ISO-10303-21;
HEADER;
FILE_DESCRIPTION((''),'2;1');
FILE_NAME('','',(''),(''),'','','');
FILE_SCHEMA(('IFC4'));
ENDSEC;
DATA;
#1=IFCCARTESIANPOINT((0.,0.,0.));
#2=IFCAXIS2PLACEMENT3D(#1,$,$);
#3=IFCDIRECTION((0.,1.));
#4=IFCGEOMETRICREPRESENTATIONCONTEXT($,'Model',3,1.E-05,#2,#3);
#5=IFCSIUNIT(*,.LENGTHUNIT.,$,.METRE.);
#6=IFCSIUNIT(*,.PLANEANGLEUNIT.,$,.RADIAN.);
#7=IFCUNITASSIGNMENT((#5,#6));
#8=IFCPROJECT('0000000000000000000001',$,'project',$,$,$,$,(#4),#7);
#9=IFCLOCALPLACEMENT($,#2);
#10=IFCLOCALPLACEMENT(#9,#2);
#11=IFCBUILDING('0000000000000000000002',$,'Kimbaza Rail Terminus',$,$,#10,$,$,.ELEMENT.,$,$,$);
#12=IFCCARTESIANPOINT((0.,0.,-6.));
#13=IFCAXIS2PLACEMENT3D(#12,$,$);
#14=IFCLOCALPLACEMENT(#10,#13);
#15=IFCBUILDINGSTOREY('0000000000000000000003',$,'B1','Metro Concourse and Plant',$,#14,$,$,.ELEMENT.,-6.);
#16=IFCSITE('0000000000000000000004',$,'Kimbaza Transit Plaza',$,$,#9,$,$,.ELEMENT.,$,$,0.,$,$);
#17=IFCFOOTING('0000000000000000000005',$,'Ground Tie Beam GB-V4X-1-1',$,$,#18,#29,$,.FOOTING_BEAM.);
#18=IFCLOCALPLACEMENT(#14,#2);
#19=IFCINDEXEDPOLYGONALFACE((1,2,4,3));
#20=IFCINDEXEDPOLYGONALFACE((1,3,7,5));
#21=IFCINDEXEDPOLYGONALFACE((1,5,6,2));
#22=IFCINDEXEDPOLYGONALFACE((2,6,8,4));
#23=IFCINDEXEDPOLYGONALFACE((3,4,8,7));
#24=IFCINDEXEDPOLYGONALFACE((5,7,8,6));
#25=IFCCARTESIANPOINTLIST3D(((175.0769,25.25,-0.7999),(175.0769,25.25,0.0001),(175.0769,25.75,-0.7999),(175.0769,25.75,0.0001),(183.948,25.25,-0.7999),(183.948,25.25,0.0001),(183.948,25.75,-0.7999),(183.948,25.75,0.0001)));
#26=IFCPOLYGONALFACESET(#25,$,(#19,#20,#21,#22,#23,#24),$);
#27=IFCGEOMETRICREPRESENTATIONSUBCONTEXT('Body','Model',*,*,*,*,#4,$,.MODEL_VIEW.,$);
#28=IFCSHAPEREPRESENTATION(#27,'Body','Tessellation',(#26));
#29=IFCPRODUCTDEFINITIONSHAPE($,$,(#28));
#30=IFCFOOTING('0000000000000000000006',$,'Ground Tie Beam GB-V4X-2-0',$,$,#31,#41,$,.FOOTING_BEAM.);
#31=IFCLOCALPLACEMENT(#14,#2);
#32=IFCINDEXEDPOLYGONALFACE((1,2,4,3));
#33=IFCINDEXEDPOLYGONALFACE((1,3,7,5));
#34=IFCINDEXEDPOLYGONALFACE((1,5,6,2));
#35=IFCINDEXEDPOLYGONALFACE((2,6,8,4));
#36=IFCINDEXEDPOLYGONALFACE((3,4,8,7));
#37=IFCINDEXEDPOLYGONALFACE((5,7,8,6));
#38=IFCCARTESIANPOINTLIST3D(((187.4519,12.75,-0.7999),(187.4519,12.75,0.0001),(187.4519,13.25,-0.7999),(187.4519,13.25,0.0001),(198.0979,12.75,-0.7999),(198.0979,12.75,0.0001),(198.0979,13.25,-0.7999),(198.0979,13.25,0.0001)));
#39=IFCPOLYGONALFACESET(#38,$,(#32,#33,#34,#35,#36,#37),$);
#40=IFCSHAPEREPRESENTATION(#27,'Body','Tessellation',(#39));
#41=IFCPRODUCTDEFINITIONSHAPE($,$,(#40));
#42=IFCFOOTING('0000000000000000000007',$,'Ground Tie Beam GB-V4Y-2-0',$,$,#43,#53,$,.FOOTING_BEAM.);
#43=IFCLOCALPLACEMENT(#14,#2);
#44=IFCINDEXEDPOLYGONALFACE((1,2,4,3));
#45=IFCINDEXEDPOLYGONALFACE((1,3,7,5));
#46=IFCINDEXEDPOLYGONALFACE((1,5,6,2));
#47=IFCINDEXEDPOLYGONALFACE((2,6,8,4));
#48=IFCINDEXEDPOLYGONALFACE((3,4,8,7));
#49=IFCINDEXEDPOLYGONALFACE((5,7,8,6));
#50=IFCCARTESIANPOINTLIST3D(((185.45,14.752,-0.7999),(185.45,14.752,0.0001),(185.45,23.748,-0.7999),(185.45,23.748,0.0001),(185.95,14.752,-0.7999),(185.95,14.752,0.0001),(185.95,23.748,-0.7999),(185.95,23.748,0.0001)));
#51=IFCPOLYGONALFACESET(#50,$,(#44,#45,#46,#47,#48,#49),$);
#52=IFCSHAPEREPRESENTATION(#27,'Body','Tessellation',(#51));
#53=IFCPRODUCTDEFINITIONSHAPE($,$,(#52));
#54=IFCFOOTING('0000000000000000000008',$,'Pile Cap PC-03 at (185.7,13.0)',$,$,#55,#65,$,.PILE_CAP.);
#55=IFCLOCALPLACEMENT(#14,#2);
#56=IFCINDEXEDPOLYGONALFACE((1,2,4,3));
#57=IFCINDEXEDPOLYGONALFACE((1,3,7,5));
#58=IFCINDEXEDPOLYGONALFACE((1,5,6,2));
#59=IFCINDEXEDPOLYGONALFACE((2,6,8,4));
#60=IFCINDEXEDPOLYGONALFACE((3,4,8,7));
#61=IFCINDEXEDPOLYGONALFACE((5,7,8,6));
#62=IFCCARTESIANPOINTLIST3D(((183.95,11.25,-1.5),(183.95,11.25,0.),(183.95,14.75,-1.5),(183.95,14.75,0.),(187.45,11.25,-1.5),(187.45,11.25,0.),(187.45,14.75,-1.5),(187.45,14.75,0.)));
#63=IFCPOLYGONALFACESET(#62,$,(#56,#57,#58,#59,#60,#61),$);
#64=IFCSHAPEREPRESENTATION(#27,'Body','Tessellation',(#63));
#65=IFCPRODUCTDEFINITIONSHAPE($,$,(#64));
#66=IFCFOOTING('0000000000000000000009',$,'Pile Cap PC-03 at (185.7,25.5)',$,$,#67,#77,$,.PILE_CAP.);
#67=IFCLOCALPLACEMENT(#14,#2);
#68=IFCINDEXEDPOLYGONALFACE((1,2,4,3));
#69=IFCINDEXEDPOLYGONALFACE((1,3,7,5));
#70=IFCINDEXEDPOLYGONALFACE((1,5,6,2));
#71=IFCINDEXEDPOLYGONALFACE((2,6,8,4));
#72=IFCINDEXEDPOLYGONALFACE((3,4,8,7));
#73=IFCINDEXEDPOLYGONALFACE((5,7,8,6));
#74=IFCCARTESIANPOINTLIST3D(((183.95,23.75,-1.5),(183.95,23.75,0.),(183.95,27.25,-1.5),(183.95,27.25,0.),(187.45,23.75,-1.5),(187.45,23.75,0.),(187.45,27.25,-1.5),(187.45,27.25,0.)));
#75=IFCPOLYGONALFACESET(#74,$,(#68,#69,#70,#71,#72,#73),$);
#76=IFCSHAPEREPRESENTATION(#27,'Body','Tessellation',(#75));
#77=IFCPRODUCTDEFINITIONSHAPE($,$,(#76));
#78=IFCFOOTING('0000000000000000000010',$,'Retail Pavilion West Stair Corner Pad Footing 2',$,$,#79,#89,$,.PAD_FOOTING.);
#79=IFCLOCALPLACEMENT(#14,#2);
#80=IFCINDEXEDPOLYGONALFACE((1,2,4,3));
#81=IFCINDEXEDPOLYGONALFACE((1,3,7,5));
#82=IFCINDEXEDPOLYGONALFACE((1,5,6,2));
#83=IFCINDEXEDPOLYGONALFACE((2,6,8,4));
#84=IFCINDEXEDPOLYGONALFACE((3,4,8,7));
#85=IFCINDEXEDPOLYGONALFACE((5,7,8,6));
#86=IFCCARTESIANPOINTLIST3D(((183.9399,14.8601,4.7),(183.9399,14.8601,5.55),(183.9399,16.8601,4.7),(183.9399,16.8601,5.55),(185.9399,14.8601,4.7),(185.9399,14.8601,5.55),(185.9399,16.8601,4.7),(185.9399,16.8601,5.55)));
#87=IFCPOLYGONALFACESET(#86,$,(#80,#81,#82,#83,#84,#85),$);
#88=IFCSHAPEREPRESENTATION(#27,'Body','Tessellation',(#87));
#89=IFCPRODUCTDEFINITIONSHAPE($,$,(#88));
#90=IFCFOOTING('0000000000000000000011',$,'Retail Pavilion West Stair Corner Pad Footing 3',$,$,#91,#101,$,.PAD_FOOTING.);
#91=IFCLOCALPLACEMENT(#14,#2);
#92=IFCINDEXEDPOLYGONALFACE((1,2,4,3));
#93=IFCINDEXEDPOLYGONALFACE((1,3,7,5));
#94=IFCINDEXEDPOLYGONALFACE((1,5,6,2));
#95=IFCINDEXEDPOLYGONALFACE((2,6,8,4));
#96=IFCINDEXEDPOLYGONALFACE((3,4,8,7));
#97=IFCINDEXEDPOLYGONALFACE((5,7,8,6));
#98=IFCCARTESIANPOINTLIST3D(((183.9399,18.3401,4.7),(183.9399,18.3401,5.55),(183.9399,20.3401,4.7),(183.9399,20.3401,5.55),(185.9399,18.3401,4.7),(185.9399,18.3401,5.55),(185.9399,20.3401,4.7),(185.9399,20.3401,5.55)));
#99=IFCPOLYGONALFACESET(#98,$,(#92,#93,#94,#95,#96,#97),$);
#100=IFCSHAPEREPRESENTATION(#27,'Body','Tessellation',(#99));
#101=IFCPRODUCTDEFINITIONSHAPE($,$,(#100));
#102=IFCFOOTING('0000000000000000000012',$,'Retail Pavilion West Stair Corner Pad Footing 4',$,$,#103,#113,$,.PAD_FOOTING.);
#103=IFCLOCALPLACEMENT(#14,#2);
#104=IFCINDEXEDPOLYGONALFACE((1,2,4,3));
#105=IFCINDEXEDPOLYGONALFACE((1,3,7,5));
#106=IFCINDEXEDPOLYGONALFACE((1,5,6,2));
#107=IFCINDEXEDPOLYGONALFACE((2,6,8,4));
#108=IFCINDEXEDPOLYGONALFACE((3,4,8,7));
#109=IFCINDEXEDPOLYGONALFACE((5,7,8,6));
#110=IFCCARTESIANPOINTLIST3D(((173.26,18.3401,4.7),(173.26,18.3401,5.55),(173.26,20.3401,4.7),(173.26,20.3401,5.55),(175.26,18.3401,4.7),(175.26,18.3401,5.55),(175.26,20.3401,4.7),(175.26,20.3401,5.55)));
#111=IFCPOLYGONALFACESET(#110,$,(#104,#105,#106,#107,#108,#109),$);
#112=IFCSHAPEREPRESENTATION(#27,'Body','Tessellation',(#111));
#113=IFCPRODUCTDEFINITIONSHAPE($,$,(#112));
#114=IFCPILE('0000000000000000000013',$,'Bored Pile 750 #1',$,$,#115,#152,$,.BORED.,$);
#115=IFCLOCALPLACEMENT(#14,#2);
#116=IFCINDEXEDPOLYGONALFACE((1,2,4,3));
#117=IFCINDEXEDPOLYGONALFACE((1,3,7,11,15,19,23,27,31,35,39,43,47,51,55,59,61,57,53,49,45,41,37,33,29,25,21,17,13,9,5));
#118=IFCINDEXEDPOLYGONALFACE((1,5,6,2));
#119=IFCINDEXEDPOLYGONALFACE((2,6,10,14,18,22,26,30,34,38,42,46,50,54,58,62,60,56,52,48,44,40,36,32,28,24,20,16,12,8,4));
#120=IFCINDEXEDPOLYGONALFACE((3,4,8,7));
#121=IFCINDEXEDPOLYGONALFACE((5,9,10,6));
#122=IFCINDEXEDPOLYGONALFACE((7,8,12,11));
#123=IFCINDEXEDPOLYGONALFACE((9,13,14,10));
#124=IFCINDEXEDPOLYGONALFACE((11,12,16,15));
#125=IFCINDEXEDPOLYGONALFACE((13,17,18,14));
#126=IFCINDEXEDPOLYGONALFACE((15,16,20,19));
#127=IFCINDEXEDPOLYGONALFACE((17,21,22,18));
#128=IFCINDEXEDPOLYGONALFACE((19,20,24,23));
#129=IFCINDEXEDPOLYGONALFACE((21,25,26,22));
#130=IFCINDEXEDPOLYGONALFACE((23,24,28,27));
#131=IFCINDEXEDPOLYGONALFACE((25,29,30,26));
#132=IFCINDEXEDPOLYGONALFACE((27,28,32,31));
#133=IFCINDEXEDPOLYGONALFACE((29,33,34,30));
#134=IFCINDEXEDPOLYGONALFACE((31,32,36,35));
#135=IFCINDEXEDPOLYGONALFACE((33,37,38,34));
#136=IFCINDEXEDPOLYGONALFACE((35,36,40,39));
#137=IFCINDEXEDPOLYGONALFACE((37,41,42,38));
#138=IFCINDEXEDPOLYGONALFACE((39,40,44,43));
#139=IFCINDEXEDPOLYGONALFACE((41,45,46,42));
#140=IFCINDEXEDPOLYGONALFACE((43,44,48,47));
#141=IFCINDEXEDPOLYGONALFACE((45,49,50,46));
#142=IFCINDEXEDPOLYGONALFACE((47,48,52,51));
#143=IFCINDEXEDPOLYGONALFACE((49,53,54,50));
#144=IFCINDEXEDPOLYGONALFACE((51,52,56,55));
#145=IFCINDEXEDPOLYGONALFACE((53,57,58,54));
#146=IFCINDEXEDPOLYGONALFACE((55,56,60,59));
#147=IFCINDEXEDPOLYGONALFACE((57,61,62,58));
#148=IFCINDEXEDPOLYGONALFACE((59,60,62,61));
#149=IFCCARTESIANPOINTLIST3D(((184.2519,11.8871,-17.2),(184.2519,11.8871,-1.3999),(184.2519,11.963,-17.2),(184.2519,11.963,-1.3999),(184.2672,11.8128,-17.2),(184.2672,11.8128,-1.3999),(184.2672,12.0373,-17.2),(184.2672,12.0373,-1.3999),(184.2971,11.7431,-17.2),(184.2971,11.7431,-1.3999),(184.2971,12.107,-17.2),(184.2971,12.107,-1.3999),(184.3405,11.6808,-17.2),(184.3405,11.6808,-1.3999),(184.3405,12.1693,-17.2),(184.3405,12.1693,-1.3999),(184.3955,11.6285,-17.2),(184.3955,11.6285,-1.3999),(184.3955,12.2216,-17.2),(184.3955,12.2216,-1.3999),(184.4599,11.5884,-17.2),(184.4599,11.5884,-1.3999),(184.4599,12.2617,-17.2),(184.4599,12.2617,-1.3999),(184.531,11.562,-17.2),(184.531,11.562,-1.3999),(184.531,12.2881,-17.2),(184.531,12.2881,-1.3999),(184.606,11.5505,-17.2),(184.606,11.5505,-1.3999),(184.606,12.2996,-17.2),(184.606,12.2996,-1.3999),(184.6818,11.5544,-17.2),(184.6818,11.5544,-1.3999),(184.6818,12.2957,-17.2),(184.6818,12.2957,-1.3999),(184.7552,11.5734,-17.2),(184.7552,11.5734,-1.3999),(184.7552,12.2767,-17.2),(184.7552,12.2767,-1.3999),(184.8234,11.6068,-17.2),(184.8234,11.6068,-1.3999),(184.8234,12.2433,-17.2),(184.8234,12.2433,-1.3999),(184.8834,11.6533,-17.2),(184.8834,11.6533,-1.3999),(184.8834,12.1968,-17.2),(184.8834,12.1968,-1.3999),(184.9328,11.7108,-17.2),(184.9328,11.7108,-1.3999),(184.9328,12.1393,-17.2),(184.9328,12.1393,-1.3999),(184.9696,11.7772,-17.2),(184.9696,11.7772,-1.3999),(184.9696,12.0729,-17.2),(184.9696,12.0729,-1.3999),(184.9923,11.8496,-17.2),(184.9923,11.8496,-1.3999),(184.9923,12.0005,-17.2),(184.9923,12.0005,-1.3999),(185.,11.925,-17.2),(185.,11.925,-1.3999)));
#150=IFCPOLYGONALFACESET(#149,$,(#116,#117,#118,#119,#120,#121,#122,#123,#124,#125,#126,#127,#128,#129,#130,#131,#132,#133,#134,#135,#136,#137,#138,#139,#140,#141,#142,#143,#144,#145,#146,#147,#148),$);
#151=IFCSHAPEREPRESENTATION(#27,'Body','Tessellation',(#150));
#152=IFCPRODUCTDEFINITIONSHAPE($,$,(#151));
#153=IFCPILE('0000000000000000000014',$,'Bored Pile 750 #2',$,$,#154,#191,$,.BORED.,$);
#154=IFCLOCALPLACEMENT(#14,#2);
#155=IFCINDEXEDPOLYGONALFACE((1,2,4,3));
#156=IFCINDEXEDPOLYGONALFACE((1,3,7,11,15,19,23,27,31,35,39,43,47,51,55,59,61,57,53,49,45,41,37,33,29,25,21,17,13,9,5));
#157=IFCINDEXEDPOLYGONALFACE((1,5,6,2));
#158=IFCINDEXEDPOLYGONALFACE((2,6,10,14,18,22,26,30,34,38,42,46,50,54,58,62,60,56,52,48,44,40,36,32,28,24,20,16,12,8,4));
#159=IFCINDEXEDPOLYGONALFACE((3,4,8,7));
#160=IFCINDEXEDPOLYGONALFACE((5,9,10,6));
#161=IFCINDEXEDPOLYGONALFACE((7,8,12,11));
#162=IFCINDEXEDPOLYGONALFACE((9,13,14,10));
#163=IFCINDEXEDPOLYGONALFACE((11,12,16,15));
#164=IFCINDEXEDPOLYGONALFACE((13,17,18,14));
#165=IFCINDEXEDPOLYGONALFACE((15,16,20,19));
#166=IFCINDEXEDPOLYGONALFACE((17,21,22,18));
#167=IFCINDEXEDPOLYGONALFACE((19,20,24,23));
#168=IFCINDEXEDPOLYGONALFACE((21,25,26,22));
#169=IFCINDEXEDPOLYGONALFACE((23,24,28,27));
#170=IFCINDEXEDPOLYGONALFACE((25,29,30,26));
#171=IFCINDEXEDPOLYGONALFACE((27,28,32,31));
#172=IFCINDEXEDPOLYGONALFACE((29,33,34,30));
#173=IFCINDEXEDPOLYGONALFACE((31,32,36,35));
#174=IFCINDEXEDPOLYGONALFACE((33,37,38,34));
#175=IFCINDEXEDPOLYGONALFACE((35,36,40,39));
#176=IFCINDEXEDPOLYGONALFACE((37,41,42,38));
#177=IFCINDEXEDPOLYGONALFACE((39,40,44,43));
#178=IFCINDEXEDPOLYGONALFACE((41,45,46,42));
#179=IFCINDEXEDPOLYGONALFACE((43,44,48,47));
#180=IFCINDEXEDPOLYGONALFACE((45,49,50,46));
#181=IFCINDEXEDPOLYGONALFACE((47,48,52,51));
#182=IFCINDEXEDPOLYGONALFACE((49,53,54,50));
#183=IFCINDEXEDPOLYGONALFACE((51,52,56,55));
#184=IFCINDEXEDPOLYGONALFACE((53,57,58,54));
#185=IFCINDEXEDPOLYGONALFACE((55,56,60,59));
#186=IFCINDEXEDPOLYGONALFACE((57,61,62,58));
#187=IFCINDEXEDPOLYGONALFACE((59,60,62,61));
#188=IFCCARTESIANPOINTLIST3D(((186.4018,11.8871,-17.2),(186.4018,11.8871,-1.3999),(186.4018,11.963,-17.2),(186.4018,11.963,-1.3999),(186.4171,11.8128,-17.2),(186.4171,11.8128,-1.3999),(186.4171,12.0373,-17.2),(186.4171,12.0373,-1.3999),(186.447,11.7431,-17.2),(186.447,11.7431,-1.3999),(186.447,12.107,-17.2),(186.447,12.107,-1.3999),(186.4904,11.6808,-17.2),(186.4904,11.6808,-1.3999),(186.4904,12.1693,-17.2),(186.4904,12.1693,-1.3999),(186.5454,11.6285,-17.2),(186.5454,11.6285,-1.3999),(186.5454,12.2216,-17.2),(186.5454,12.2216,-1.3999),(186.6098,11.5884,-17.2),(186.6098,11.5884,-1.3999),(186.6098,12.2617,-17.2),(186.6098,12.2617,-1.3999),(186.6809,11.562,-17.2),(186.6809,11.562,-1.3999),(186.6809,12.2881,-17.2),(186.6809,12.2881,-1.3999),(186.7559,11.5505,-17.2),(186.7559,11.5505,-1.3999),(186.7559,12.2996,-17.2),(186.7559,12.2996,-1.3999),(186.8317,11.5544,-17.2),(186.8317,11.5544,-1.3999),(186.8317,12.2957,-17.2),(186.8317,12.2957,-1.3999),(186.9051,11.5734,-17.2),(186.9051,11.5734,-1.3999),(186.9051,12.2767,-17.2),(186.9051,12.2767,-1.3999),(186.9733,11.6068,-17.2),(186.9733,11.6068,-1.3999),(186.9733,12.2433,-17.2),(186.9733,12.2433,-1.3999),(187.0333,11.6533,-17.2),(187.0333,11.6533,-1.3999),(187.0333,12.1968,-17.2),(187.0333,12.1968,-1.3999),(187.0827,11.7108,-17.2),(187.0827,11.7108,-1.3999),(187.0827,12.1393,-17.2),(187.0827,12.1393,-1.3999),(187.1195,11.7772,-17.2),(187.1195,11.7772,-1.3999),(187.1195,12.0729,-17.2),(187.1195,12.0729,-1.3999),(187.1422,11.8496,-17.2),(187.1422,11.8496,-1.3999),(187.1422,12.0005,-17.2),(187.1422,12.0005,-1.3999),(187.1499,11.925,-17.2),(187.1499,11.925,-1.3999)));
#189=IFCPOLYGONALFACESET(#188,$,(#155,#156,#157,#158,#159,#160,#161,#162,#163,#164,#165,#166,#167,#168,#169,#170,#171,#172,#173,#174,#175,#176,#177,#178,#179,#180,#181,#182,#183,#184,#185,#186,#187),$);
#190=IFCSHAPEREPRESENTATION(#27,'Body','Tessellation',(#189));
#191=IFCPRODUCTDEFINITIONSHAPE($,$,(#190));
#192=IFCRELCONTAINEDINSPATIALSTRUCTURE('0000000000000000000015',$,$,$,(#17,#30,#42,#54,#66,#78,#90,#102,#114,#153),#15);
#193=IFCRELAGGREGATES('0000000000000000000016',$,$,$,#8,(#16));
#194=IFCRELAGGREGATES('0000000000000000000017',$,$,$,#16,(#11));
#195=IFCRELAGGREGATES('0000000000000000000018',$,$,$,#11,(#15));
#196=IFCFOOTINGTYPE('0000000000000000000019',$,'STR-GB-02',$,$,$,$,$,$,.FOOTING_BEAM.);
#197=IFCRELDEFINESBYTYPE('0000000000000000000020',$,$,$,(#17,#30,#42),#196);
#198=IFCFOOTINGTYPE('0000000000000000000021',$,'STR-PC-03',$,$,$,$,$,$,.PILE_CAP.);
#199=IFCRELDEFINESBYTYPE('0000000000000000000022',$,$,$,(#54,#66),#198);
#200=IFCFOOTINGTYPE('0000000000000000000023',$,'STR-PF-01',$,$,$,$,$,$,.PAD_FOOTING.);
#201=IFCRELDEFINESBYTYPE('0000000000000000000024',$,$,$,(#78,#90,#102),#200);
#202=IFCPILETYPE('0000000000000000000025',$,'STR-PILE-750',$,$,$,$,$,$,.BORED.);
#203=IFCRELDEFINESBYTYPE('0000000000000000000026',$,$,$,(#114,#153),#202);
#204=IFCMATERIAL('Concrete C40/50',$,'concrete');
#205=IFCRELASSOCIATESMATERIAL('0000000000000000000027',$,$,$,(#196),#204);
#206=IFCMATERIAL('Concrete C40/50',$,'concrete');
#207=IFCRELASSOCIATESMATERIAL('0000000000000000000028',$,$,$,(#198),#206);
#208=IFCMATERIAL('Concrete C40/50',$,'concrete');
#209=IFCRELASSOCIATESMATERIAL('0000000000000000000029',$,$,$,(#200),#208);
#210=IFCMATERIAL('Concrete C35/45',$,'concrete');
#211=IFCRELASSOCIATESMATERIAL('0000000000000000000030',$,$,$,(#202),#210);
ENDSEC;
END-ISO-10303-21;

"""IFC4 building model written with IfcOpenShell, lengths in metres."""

from ifc_helpers import new_model, si_unit, direction, frame, origin, origin_2d, place, context, subcontext, project, spatial, rectangle, circle, extrude, material, material_profile, profile_set, type_object, element, save


model = new_model("IFC4")

# Units and contexts
model_context = context("Model", 3, precision=1e-05, world=origin(), true_north=direction((0.0, 1.0)))
body_context = subcontext(model_context, "Body", "Model", "MODEL_VIEW")
ifc_project = project(units=[si_unit("LENGTHUNIT", "METRE"), si_unit("PLANEANGLEUNIT", "RADIAN")], contexts=[model_context])

# Site, building, storey
site_placement = place(None, origin())
site = spatial("IfcSite", under=ifc_project, at=site_placement, Name="Kimbaza Transit Plaza", CompositionType="ELEMENT", RefElevation=0.0)
building_placement = place(site_placement, origin())
building = spatial("IfcBuilding", under=site, at=building_placement, Name="Kimbaza Rail Terminus", CompositionType="ELEMENT")
storey_placement = place(building_placement, frame((0.0, 0.0, -6.0)))
storey = spatial("IfcBuildingStorey", under=building, at=storey_placement, Name="B1", Description="Metro Concourse and Plant", CompositionType="ELEMENT", Elevation=-6.0)

# Footings
ifc_material_1 = material(Name="Concrete C40/50", Category="concrete")
ifc_material_profile_1 = material_profile(ifc_material_1, rectangle(XDim=0.5, YDim=0.8, at=origin_2d()), Name="GB-02 500x800")
ifc_profile_set_1 = profile_set([ifc_material_profile_1], Name="Concrete C40/50")
footing_type_1 = type_object("IfcFootingType", Name="STR-GB-02", PredefinedType="FOOTING_BEAM", material=ifc_profile_set_1)
footing_1_placement = place(storey_placement, frame((175.0769, 25.5, -0.3999), z_axis=(1.0, 0.0, 0.0), x_axis=(0.0, 1.0, 0.0)))
element("IfcFooting", 1, at=footing_1_placement, inside=storey, type_object=footing_type_1, Name="Ground Tie Beam GB-V4X-1-1", PredefinedType="FOOTING_BEAM", context=body_context, shape_type="SweptSolid", body=[
    extrude(rectangle(XDim=0.5, YDim=0.8, at=origin_2d()), origin(), (0.0, 0.0, 1.0), 8.8711),
])
footing_2_placement = place(storey_placement, frame((187.4519, 13.0, -0.3999), z_axis=(1.0, 0.0, 0.0), x_axis=(0.0, 1.0, 0.0)))
element("IfcFooting", 2, at=footing_2_placement, inside=storey, type_object=footing_type_1, Name="Ground Tie Beam GB-V4X-2-0", PredefinedType="FOOTING_BEAM", context=body_context, shape_type="SweptSolid", body=[
    extrude(rectangle(XDim=0.5, YDim=0.8, at=origin_2d()), origin(), (0.0, 0.0, 1.0), 10.646),
])
footing_3_placement = place(storey_placement, frame((185.7, 14.752, -0.3999), z_axis=(0.0, 1.0, 0.0), x_axis=(-1.0, 0.0, 0.0)))
element("IfcFooting", 3, at=footing_3_placement, inside=storey, type_object=footing_type_1, Name="Ground Tie Beam GB-V4Y-2-0", PredefinedType="FOOTING_BEAM", context=body_context, shape_type="SweptSolid", body=[
    extrude(rectangle(XDim=0.5, YDim=0.8, at=origin_2d()), origin(), (0.0, 0.0, 1.0), 8.9961),
])
ifc_material_2 = material(Name="Concrete C40/50", Category="concrete")
footing_type_2 = type_object("IfcFootingType", Name="STR-PC-03", PredefinedType="PILE_CAP", material=ifc_material_2)
for number, where, z_axis, x_axis, name in (
    (4, (185.7, 13.0, -1.5), (0.0, 0.0, 1.0), (1.0, 0.0, 0.0), "Pile Cap PC-03 at (185.7,13.0)"),
    (5, (185.7, 25.5, -1.5), (0.0, 0.0, 1.0), (1.0, 0.0, 0.0), "Pile Cap PC-03 at (185.7,25.5)"),
):
    element("IfcFooting", number, at=place(storey_placement, frame(where, z_axis=z_axis, x_axis=x_axis)), inside=storey, type_object=footing_type_2, Name=name, PredefinedType="PILE_CAP", context=body_context, shape_type="SweptSolid", body=[
        extrude(rectangle(XDim=3.5, YDim=3.5, at=origin_2d()), origin(), (0.0, 0.0, 1.0), 1.5),
    ])
ifc_material_3 = material(Name="Concrete C40/50", Category="concrete")
footing_type_3 = type_object("IfcFootingType", Name="STR-PF-01", PredefinedType="PAD_FOOTING", material=ifc_material_3)
for number, where, z_axis, x_axis, name in (
    (6, (184.9399, 15.8601, 4.7), (0.0, 0.0, 1.0), (1.0, 0.0, 0.0), "Retail Pavilion West Stair Corner Pad Footing 2"),
    (7, (184.9399, 19.3401, 4.7), (0.0, 0.0, 1.0), (1.0, 0.0, 0.0), "Retail Pavilion West Stair Corner Pad Footing 3"),
    (8, (174.26, 19.3401, 4.7), (0.0, 0.0, 1.0), (1.0, 0.0, 0.0), "Retail Pavilion West Stair Corner Pad Footing 4"),
):
    element("IfcFooting", number, at=place(storey_placement, frame(where, z_axis=z_axis, x_axis=x_axis)), inside=storey, type_object=footing_type_3, Name=name, PredefinedType="PAD_FOOTING", context=body_context, shape_type="SweptSolid", body=[
        extrude(rectangle(XDim=2.0, YDim=2.0, at=origin_2d()), origin(), (0.0, 0.0, 1.0), 0.8501),
    ])

# Piles
ifc_material_4 = material(Name="Concrete C35/45", Category="concrete")
ifc_material_profile_2 = material_profile(ifc_material_4, circle(Radius=0.375, at=origin_2d()), Name="BORED PILE 750")
ifc_profile_set_2 = profile_set([ifc_material_profile_2], Name="Concrete C35/45")
pile_type_1 = type_object("IfcPileType", Name="STR-PILE-750", PredefinedType="BORED", material=ifc_profile_set_2)
for number, where, z_axis, x_axis, name in (
    (9, (184.625, 11.925, -1.3999), (0.0, 0.0, -1.0), (1.0, 0.0, 0.0), "Bored Pile 750 #1"),
    (10, (186.7749, 11.925, -1.3999), (0.0, 0.0, -1.0), (1.0, 0.0, 0.0), "Bored Pile 750 #2"),
):
    element("IfcPile", number, at=place(storey_placement, frame(where, z_axis=z_axis, x_axis=x_axis)), inside=storey, type_object=pile_type_1, Name=name, PredefinedType="BORED", context=body_context, shape_type="SweptSolid", body=[
        extrude(circle(Radius=0.375, at=origin_2d()), origin(), (0.0, 0.0, 1.0), 15.8),
    ])

save(model, "model.ifc")
